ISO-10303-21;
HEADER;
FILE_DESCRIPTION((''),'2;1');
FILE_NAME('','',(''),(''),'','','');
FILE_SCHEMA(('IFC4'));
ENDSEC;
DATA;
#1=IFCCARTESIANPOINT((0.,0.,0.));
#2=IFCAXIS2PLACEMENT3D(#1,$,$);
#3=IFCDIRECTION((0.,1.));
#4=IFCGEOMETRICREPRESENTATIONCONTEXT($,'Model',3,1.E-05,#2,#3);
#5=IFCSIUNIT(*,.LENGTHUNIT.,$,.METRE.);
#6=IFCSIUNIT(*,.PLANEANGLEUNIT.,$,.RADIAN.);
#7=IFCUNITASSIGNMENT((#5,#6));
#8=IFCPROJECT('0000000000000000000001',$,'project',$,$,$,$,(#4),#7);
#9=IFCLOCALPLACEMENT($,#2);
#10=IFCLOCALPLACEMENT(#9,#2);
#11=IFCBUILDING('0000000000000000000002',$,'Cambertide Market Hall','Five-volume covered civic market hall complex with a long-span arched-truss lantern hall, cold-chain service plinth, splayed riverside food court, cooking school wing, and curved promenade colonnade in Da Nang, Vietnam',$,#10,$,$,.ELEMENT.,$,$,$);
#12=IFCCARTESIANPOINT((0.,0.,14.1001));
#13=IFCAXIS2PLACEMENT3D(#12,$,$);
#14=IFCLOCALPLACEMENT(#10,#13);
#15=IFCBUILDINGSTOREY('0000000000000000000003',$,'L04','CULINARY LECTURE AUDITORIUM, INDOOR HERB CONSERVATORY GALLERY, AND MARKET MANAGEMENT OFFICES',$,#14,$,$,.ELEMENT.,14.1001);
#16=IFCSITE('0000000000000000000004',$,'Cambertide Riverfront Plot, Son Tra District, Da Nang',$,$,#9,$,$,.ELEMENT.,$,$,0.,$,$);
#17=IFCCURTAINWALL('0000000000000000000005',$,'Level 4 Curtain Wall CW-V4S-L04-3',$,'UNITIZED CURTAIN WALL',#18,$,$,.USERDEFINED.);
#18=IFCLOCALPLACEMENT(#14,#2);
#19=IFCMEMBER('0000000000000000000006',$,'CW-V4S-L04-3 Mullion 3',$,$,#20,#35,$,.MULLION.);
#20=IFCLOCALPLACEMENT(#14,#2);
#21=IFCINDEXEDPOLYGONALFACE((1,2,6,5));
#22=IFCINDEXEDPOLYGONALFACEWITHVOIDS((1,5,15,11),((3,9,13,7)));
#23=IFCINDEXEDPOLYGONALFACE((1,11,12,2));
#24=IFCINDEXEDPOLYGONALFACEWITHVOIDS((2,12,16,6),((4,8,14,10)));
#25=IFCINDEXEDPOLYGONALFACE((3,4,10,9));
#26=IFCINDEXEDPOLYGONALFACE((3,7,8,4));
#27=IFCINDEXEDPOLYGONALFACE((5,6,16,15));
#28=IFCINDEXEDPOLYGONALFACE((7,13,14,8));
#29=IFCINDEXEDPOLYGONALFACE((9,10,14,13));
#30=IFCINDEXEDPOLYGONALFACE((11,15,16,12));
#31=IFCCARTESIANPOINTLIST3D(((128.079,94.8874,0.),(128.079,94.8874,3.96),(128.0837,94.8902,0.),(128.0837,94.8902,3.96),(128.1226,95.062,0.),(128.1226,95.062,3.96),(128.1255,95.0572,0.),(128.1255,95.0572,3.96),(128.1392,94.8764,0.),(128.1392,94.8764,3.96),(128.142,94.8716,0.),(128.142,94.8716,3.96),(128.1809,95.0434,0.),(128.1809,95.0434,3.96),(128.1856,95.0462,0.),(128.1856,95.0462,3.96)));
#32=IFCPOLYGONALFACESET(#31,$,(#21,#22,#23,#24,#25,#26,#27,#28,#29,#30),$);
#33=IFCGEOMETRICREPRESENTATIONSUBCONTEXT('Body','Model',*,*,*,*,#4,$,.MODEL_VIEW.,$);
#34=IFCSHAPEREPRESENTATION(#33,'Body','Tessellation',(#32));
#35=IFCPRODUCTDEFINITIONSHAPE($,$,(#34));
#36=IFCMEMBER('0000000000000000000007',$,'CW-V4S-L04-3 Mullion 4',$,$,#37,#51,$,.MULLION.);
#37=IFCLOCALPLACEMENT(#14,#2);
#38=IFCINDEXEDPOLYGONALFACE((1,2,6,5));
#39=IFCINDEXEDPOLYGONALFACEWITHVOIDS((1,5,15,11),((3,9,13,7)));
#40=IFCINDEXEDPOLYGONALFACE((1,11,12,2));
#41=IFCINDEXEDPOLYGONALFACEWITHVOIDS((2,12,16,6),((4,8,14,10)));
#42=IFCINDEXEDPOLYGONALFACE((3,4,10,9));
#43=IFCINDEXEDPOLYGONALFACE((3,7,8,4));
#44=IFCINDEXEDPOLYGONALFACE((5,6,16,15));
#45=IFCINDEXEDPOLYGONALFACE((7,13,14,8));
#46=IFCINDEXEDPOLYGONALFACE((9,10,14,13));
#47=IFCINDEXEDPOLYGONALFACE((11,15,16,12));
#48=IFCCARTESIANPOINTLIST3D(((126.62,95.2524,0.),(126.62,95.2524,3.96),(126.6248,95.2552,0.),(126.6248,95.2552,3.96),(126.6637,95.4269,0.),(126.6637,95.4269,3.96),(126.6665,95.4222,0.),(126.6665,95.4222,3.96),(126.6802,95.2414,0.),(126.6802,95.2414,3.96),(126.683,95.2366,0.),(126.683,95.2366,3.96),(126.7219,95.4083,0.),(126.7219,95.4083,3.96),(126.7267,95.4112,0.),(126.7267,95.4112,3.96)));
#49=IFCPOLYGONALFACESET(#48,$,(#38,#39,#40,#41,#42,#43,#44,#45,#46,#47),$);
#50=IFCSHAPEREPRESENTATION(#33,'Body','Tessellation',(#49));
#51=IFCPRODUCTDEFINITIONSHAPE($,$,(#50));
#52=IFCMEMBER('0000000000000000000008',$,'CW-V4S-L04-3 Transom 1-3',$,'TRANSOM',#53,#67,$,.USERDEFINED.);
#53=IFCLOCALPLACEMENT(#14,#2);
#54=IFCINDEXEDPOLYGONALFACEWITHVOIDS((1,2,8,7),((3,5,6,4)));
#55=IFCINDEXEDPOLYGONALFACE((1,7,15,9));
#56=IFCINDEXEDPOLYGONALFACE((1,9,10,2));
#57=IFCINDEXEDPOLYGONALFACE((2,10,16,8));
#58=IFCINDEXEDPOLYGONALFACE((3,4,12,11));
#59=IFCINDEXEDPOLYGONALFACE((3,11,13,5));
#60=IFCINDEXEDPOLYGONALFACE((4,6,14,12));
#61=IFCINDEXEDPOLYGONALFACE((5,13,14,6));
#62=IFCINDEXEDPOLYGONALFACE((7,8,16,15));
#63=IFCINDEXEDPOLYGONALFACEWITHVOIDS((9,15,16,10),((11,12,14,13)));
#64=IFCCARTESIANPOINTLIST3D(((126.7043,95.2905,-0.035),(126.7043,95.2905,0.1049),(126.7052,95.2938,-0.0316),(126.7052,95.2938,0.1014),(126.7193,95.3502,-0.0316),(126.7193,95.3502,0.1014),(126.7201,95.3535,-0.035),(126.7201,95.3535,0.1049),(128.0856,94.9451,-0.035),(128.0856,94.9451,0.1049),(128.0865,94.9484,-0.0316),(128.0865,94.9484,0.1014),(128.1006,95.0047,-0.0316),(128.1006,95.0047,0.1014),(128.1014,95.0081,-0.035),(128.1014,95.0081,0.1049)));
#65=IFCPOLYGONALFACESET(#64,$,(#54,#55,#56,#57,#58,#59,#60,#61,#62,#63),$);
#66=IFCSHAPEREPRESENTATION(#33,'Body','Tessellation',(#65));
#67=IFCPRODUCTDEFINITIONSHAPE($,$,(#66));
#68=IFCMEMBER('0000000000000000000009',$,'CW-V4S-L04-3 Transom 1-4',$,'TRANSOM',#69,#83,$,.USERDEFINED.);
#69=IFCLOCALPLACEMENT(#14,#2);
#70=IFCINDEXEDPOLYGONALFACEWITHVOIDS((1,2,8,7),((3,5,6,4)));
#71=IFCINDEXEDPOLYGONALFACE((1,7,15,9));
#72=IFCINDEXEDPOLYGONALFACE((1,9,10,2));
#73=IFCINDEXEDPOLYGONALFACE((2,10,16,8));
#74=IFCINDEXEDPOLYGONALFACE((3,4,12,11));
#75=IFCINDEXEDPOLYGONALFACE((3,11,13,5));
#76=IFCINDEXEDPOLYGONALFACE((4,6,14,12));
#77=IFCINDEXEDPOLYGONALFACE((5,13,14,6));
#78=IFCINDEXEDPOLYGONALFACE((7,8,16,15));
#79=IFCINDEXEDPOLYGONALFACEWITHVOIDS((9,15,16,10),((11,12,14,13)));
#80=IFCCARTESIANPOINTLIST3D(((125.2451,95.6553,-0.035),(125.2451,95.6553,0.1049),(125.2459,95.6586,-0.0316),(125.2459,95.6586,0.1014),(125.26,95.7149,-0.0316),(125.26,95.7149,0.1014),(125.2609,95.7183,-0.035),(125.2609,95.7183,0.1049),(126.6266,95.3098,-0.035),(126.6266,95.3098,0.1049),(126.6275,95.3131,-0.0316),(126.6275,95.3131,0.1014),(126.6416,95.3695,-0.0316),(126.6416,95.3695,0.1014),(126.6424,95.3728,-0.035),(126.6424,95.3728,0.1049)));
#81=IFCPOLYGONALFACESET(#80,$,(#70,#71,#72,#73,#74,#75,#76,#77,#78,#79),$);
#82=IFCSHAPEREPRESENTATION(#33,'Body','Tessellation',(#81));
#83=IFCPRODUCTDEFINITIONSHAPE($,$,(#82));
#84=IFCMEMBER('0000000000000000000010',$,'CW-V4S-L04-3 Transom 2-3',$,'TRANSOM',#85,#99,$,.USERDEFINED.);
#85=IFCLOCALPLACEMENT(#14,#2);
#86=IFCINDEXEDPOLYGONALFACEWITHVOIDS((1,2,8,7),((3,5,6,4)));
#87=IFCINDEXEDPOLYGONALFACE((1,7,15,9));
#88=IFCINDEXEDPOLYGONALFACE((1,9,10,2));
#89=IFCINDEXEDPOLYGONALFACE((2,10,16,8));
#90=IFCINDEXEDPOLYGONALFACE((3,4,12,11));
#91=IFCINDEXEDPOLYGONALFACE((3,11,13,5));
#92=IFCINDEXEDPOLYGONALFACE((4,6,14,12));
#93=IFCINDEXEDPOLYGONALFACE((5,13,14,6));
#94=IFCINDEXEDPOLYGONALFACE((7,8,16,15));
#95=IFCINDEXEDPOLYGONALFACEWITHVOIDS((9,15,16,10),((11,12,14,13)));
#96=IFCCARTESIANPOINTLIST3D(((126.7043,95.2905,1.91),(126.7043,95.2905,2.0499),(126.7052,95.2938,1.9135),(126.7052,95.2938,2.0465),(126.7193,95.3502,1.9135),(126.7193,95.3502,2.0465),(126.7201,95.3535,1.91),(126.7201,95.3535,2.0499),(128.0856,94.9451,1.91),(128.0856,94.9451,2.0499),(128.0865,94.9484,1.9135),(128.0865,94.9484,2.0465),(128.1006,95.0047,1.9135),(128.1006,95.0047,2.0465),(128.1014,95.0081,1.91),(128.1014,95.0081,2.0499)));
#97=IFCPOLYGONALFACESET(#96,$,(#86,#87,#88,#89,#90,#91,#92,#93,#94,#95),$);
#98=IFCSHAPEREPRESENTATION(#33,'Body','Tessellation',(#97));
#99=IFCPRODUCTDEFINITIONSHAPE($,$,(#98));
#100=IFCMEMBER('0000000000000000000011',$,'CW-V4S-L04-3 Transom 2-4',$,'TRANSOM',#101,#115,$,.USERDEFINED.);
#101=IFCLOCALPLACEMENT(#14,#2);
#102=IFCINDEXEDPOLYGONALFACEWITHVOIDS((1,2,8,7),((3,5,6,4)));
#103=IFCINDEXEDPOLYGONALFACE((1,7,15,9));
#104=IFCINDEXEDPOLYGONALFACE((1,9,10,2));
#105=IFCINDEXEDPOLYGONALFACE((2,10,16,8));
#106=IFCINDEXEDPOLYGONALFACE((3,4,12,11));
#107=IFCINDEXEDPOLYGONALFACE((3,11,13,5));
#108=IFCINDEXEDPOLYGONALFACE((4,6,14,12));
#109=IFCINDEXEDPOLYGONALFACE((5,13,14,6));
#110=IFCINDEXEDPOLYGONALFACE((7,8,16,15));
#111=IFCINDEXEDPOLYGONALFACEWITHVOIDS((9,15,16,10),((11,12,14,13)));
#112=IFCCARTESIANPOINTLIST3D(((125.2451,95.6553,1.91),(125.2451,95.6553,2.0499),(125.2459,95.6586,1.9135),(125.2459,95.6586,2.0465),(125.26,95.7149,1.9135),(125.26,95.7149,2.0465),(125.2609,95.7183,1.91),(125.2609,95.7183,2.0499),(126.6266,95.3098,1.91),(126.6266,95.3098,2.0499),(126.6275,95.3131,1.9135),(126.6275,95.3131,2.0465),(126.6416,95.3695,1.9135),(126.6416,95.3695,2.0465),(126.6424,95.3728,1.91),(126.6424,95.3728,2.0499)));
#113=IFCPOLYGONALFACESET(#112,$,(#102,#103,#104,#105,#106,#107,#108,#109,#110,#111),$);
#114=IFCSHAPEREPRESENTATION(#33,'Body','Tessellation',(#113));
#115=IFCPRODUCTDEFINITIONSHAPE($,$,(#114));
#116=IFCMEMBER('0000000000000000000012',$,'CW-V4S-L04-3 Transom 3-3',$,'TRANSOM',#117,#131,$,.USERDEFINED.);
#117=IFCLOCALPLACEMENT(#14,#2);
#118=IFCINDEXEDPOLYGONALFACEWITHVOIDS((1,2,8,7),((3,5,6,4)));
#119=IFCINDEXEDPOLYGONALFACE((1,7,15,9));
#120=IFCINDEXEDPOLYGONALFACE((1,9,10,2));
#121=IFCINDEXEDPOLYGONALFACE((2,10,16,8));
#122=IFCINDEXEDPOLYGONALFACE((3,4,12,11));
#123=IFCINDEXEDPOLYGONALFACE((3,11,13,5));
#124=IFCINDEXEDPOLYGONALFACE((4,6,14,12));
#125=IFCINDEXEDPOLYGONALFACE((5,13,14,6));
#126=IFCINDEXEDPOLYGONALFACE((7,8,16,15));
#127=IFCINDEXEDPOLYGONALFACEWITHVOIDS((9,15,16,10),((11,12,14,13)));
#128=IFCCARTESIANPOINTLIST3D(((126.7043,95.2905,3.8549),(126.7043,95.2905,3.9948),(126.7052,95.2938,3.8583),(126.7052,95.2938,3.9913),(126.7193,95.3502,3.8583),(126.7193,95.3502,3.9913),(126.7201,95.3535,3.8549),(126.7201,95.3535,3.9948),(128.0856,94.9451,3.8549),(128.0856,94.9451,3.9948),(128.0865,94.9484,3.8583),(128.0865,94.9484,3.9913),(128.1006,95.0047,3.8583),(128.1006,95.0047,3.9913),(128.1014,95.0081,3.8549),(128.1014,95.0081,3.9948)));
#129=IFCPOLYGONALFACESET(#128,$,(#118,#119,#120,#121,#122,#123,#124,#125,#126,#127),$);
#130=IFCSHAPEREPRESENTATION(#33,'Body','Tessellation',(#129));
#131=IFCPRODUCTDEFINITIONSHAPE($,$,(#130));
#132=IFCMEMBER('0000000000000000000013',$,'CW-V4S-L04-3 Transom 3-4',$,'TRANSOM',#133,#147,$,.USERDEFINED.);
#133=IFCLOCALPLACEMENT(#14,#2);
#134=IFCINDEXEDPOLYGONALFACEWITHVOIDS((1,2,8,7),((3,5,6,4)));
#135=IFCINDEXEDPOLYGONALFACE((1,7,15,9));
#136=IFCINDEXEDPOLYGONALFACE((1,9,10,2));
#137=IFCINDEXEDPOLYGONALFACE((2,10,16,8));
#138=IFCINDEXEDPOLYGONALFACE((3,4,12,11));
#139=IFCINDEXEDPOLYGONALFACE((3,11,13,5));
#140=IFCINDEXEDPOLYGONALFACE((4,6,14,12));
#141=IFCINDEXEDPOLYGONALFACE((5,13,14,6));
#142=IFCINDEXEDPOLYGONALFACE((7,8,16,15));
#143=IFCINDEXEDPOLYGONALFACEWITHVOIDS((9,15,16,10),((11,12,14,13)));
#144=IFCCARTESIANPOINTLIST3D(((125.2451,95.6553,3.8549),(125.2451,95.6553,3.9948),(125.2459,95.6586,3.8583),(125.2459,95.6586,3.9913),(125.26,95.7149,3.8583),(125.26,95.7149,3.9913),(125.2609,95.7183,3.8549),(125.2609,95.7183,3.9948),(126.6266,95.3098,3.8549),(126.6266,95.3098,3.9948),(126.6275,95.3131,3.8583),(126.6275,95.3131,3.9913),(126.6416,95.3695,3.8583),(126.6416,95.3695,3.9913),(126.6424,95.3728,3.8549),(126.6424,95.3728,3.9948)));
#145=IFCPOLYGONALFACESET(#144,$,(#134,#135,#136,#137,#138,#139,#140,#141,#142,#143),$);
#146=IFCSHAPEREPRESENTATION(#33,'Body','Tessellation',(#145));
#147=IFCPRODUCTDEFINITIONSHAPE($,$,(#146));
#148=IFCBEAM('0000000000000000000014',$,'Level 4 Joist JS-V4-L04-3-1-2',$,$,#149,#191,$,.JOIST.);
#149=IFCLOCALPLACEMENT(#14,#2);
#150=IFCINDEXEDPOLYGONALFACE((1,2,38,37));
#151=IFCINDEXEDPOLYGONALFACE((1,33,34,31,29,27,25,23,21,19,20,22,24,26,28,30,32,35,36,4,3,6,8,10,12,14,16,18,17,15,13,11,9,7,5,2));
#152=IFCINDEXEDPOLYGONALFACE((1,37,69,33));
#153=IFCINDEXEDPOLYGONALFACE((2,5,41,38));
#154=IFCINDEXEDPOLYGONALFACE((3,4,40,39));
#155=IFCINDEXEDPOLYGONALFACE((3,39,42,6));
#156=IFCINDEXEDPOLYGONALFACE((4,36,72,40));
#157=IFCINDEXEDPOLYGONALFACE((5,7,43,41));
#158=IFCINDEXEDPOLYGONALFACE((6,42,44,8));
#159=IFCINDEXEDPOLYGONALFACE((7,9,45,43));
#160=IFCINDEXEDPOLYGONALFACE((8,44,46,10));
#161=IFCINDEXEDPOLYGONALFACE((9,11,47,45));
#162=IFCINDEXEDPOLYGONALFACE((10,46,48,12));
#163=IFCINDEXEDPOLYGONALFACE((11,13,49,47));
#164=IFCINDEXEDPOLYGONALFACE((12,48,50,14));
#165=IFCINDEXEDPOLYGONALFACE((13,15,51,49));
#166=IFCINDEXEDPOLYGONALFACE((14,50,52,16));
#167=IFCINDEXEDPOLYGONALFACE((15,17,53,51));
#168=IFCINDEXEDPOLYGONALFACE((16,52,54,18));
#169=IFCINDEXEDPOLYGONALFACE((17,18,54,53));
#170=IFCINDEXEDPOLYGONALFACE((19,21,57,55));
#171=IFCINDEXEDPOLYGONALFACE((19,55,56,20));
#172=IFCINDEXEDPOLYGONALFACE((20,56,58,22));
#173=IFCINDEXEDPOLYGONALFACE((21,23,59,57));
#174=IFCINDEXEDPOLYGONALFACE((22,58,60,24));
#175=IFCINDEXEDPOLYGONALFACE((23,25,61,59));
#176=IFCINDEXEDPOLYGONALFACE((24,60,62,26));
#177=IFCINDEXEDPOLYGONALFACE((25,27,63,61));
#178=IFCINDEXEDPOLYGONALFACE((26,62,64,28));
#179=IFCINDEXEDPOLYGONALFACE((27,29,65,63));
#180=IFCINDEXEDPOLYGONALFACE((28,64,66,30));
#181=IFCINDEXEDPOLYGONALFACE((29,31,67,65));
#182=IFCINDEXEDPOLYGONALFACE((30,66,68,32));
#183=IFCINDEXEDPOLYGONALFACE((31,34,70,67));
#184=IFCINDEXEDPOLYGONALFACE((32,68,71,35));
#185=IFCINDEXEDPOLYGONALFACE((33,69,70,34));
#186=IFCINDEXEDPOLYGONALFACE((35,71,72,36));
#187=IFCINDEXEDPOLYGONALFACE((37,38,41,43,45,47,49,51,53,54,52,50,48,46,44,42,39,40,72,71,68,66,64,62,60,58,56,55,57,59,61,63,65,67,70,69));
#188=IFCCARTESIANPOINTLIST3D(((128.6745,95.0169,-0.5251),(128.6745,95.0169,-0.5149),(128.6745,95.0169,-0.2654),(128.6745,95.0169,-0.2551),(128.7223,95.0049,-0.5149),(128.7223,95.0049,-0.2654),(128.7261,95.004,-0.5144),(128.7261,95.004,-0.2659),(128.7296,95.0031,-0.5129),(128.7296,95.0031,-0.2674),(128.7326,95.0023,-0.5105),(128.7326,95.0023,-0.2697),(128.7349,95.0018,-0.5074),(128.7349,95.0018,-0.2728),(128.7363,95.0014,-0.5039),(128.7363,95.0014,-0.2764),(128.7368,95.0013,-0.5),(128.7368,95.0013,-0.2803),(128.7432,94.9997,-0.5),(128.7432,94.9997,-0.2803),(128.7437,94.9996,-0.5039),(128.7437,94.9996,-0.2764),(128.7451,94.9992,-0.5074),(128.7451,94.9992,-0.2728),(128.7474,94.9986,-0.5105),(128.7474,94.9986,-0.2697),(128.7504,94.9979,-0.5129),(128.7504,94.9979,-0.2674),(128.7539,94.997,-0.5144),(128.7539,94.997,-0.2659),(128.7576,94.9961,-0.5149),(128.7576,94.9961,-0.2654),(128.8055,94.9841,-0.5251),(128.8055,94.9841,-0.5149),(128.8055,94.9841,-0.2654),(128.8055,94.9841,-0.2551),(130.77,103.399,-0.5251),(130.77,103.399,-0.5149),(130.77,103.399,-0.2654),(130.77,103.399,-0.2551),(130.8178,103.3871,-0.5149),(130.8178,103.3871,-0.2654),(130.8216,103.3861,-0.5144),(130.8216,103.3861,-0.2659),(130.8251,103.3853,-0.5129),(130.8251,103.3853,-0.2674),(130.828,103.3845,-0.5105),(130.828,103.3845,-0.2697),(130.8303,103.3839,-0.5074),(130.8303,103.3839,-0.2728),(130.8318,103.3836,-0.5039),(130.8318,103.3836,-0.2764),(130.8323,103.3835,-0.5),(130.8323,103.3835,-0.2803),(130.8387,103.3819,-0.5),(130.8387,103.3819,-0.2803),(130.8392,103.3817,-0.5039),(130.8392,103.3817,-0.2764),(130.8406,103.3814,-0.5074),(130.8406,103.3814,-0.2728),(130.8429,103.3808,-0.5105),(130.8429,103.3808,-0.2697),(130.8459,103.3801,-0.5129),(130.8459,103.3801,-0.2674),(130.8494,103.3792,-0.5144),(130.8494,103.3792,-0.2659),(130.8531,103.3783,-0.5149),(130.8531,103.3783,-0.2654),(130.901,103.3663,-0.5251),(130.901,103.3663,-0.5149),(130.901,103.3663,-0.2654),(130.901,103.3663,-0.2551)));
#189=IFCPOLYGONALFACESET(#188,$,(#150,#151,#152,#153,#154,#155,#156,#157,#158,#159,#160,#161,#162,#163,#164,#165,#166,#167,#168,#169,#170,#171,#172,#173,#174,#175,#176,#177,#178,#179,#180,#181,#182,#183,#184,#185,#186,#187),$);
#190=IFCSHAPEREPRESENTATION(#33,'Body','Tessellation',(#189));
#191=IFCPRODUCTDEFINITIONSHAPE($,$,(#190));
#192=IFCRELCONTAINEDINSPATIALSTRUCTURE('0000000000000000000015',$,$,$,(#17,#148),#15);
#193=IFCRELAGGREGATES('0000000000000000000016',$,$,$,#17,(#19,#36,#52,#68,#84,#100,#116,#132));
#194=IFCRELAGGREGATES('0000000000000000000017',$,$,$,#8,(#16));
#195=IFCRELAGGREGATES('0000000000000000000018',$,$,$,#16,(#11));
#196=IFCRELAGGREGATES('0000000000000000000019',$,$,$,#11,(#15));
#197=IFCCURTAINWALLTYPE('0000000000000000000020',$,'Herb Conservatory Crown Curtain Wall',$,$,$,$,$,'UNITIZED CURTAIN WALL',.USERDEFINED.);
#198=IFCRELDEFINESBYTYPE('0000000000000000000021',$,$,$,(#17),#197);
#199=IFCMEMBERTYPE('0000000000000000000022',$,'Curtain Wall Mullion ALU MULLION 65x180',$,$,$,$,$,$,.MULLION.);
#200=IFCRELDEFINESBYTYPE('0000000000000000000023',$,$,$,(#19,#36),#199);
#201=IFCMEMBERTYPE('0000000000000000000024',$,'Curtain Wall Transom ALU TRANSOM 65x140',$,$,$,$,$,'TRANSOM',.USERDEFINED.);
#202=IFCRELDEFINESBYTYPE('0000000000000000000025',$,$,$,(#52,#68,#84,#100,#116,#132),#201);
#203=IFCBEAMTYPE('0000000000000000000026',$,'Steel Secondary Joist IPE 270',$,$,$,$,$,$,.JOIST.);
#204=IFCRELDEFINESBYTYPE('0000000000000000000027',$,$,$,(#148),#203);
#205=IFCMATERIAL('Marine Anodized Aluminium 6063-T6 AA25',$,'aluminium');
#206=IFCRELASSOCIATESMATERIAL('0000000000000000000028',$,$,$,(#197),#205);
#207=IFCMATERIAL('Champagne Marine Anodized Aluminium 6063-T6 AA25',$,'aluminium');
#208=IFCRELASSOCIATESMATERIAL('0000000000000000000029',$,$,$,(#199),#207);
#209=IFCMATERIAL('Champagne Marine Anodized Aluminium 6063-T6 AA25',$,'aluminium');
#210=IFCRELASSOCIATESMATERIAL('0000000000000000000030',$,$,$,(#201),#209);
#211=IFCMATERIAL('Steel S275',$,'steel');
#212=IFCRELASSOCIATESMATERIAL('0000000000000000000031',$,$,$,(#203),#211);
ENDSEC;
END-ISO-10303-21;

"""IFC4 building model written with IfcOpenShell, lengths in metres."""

from ifc_helpers import new_model, si_unit, direction, frame, origin, origin_2d, place, context, subcontext, project, spatial, hollow_rectangle, i_section, extrude, material, material_profile, profile_set, type_object, element, aggregate, save


model = new_model("IFC4")

# Units and contexts
model_context = context("Model", 3, precision=1e-05, world=origin(), true_north=direction((0.0, 1.0)))
body_context = subcontext(model_context, "Body", "Model", "MODEL_VIEW")
ifc_project = project(units=[si_unit("LENGTHUNIT", "METRE"), si_unit("PLANEANGLEUNIT", "RADIAN")], contexts=[model_context])

# Site, building, storey
site_placement = place(None, origin())
site = spatial("IfcSite", under=ifc_project, at=site_placement, Name="Cambertide Riverfront Plot, Son Tra District, Da Nang", CompositionType="ELEMENT", RefElevation=0.0)
building_placement = place(site_placement, origin())
building = spatial("IfcBuilding", under=site, at=building_placement, Name="Cambertide Market Hall", Description="Five-volume covered civic market hall complex with a long-span arched-truss lantern hall, cold-chain service plinth, splayed riverside food court, cooking school wing, and curved promenade colonnade in Da Nang, Vietnam", CompositionType="ELEMENT")
storey_placement = place(building_placement, frame((0.0, 0.0, 14.1001)))
storey = spatial("IfcBuildingStorey", under=building, at=storey_placement, Name="L04", Description="CULINARY LECTURE AUDITORIUM, INDOOR HERB CONSERVATORY GALLERY, AND MARKET MANAGEMENT OFFICES", CompositionType="ELEMENT", Elevation=14.1001)

# Curtain wall, members
ifc_material_1 = material(Name="Marine Anodized Aluminium 6063-T6 AA25", Category="aluminium")
curtain_wall_type = type_object("IfcCurtainWallType", Name="Herb Conservatory Crown Curtain Wall", ElementType="UNITIZED CURTAIN WALL", PredefinedType="USERDEFINED", material=ifc_material_1)
curtain_wall_placement = place(storey_placement, origin())
curtain_wall = element("IfcCurtainWall", 1, at=curtain_wall_placement, inside=storey, type_object=curtain_wall_type, Name="Level 4 Curtain Wall CW-V4S-L04-3", ObjectType="UNITIZED CURTAIN WALL", PredefinedType="USERDEFINED")
ifc_material_2 = material(Name="Champagne Marine Anodized Aluminium 6063-T6 AA25", Category="aluminium")
ifc_material_profile_1 = material_profile(ifc_material_2, hollow_rectangle(XDim=0.0649, YDim=0.1799, WallThickness=0.0039, at=origin_2d()), Name="ALU MULLION 65x180")
ifc_profile_set_1 = profile_set([ifc_material_profile_1], Name="Champagne Marine Anodized Aluminium 6063-T6 AA25")
member_type_1 = type_object("IfcMemberType", Name="Curtain Wall Mullion ALU MULLION 65x180", PredefinedType="MULLION", material=ifc_profile_set_1)
member_1_placement = place(storey_placement, frame((128.1323, 94.9668, 0.0), z_axis=(0.0, 0.0, 1.0), x_axis=(-0.970143, 0.242535, 0.0)))
member_1 = element("IfcMember", 2, at=member_1_placement, type_object=member_type_1, Name="CW-V4S-L04-3 Mullion 3", PredefinedType="MULLION", context=body_context, shape_type="SweptSolid", body=[
    extrude(hollow_rectangle(XDim=0.0649, YDim=0.1799, WallThickness=0.0039, at=origin_2d()), origin(), (0.0, 0.0, 1.0), 3.96),
])
member_2_placement = place(storey_placement, frame((126.6733, 95.3318, 0.0), z_axis=(0.0, 0.0, 1.0), x_axis=(-0.970143, 0.242535, 0.0)))
member_2 = element("IfcMember", 3, at=member_2_placement, type_object=member_type_1, Name="CW-V4S-L04-3 Mullion 4", PredefinedType="MULLION", context=body_context, shape_type="SweptSolid", body=[
    extrude(hollow_rectangle(XDim=0.0649, YDim=0.1799, WallThickness=0.0039, at=origin_2d()), origin(), (0.0, 0.0, 1.0), 3.96),
])
ifc_material_3 = material(Name="Champagne Marine Anodized Aluminium 6063-T6 AA25", Category="aluminium")
ifc_material_profile_2 = material_profile(ifc_material_3, hollow_rectangle(XDim=0.0649, YDim=0.1399, WallThickness=0.0034, at=origin_2d()), Name="ALU TRANSOM 65x140")
ifc_profile_set_2 = profile_set([ifc_material_profile_2], Name="Champagne Marine Anodized Aluminium 6063-T6 AA25")
member_type_2 = type_object("IfcMemberType", Name="Curtain Wall Transom ALU TRANSOM 65x140", ElementType="TRANSOM", PredefinedType="USERDEFINED", material=ifc_profile_set_2)
member_3_placement = place(storey_placement, frame((128.0935, 94.9766, 0.0349), z_axis=(-0.970122, 0.242616, 0.0), x_axis=(-0.242616, -0.970122, 0.0)))
member_3 = element("IfcMember", 4, at=member_3_placement, type_object=member_type_2, Name="CW-V4S-L04-3 Transom 1-3", ObjectType="TRANSOM", PredefinedType="USERDEFINED", context=body_context, shape_type="SweptSolid", body=[
    extrude(hollow_rectangle(XDim=0.0649, YDim=0.1399, WallThickness=0.0034, at=origin_2d()), origin(), (0.0, 0.0, 1.0), 1.4238),
])
member_4_placement = place(storey_placement, frame((126.6345, 95.3413, 0.0349), z_axis=(-0.970132, 0.242576, 0.0), x_axis=(-0.242576, -0.970132, 0.0)))
member_4 = element("IfcMember", 5, at=member_4_placement, type_object=member_type_2, Name="CW-V4S-L04-3 Transom 1-4", ObjectType="TRANSOM", PredefinedType="USERDEFINED", context=body_context, shape_type="SweptSolid", body=[
    extrude(hollow_rectangle(XDim=0.0649, YDim=0.1399, WallThickness=0.0034, at=origin_2d()), origin(), (0.0, 0.0, 1.0), 1.4241),
])
member_5_placement = place(storey_placement, frame((128.0935, 94.9766, 1.98), z_axis=(-0.970122, 0.242616, 0.0), x_axis=(-0.242616, -0.970122, 0.0)))
member_5 = element("IfcMember", 6, at=member_5_placement, type_object=member_type_2, Name="CW-V4S-L04-3 Transom 2-3", ObjectType="TRANSOM", PredefinedType="USERDEFINED", context=body_context, shape_type="SweptSolid", body=[
    extrude(hollow_rectangle(XDim=0.0649, YDim=0.1399, WallThickness=0.0034, at=origin_2d()), origin(), (0.0, 0.0, 1.0), 1.4238),
])
member_6_placement = place(storey_placement, frame((126.6345, 95.3413, 1.98), z_axis=(-0.970132, 0.242576, 0.0), x_axis=(-0.242576, -0.970132, 0.0)))
member_6 = element("IfcMember", 7, at=member_6_placement, type_object=member_type_2, Name="CW-V4S-L04-3 Transom 2-4", ObjectType="TRANSOM", PredefinedType="USERDEFINED", context=body_context, shape_type="SweptSolid", body=[
    extrude(hollow_rectangle(XDim=0.0649, YDim=0.1399, WallThickness=0.0034, at=origin_2d()), origin(), (0.0, 0.0, 1.0), 1.4241),
])
member_7_placement = place(storey_placement, frame((128.0935, 94.9766, 3.9248), z_axis=(-0.970122, 0.242616, 0.0), x_axis=(-0.242616, -0.970122, 0.0)))
member_7 = element("IfcMember", 8, at=member_7_placement, type_object=member_type_2, Name="CW-V4S-L04-3 Transom 3-3", ObjectType="TRANSOM", PredefinedType="USERDEFINED", context=body_context, shape_type="SweptSolid", body=[
    extrude(hollow_rectangle(XDim=0.0649, YDim=0.1399, WallThickness=0.0034, at=origin_2d()), origin(), (0.0, 0.0, 1.0), 1.4238),
])
member_8_placement = place(storey_placement, frame((126.6345, 95.3413, 3.9248), z_axis=(-0.970132, 0.242576, 0.0), x_axis=(-0.242576, -0.970132, 0.0)))
member_8 = element("IfcMember", 9, at=member_8_placement, type_object=member_type_2, Name="CW-V4S-L04-3 Transom 3-4", ObjectType="TRANSOM", PredefinedType="USERDEFINED", context=body_context, shape_type="SweptSolid", body=[
    extrude(hollow_rectangle(XDim=0.0649, YDim=0.1399, WallThickness=0.0034, at=origin_2d()), origin(), (0.0, 0.0, 1.0), 1.4241),
])

# Beam
ifc_material_4 = material(Name="Steel S275", Category="steel")
ifc_material_profile_3 = material_profile(ifc_material_4, i_section(OverallWidth=0.135, OverallDepth=0.27, WebThickness=0.0066, FlangeThickness=0.0103, FilletRadius=0.0149, at=origin_2d()), Name="IPE 270")
ifc_profile_set_3 = profile_set([ifc_material_profile_3], Name="Steel S275")
beam_type = type_object("IfcBeamType", Name="Steel Secondary Joist IPE 270", PredefinedType="JOIST", material=ifc_profile_set_3)
beam_placement = place(storey_placement, frame((128.74, 95.0005, -0.3901), z_axis=(0.242529, 0.970144, 0.0), x_axis=(-0.970144, 0.242529, 0.0)))
element("IfcBeam", 10, at=beam_placement, inside=storey, type_object=beam_type, Name="Level 4 Joist JS-V4-L04-3-1-2", PredefinedType="JOIST", context=body_context, shape_type="SweptSolid", body=[
    extrude(i_section(OverallWidth=0.135, OverallDepth=0.27, WebThickness=0.0066, FlangeThickness=0.0103, FilletRadius=0.0149, at=origin_2d()), origin(), (0.0, 0.0, 1.0), 8.6401),
])

aggregate(curtain_wall, [member_1, member_2, member_3, member_4, member_5, member_6, member_7, member_8])

save(model, "model.ifc")
